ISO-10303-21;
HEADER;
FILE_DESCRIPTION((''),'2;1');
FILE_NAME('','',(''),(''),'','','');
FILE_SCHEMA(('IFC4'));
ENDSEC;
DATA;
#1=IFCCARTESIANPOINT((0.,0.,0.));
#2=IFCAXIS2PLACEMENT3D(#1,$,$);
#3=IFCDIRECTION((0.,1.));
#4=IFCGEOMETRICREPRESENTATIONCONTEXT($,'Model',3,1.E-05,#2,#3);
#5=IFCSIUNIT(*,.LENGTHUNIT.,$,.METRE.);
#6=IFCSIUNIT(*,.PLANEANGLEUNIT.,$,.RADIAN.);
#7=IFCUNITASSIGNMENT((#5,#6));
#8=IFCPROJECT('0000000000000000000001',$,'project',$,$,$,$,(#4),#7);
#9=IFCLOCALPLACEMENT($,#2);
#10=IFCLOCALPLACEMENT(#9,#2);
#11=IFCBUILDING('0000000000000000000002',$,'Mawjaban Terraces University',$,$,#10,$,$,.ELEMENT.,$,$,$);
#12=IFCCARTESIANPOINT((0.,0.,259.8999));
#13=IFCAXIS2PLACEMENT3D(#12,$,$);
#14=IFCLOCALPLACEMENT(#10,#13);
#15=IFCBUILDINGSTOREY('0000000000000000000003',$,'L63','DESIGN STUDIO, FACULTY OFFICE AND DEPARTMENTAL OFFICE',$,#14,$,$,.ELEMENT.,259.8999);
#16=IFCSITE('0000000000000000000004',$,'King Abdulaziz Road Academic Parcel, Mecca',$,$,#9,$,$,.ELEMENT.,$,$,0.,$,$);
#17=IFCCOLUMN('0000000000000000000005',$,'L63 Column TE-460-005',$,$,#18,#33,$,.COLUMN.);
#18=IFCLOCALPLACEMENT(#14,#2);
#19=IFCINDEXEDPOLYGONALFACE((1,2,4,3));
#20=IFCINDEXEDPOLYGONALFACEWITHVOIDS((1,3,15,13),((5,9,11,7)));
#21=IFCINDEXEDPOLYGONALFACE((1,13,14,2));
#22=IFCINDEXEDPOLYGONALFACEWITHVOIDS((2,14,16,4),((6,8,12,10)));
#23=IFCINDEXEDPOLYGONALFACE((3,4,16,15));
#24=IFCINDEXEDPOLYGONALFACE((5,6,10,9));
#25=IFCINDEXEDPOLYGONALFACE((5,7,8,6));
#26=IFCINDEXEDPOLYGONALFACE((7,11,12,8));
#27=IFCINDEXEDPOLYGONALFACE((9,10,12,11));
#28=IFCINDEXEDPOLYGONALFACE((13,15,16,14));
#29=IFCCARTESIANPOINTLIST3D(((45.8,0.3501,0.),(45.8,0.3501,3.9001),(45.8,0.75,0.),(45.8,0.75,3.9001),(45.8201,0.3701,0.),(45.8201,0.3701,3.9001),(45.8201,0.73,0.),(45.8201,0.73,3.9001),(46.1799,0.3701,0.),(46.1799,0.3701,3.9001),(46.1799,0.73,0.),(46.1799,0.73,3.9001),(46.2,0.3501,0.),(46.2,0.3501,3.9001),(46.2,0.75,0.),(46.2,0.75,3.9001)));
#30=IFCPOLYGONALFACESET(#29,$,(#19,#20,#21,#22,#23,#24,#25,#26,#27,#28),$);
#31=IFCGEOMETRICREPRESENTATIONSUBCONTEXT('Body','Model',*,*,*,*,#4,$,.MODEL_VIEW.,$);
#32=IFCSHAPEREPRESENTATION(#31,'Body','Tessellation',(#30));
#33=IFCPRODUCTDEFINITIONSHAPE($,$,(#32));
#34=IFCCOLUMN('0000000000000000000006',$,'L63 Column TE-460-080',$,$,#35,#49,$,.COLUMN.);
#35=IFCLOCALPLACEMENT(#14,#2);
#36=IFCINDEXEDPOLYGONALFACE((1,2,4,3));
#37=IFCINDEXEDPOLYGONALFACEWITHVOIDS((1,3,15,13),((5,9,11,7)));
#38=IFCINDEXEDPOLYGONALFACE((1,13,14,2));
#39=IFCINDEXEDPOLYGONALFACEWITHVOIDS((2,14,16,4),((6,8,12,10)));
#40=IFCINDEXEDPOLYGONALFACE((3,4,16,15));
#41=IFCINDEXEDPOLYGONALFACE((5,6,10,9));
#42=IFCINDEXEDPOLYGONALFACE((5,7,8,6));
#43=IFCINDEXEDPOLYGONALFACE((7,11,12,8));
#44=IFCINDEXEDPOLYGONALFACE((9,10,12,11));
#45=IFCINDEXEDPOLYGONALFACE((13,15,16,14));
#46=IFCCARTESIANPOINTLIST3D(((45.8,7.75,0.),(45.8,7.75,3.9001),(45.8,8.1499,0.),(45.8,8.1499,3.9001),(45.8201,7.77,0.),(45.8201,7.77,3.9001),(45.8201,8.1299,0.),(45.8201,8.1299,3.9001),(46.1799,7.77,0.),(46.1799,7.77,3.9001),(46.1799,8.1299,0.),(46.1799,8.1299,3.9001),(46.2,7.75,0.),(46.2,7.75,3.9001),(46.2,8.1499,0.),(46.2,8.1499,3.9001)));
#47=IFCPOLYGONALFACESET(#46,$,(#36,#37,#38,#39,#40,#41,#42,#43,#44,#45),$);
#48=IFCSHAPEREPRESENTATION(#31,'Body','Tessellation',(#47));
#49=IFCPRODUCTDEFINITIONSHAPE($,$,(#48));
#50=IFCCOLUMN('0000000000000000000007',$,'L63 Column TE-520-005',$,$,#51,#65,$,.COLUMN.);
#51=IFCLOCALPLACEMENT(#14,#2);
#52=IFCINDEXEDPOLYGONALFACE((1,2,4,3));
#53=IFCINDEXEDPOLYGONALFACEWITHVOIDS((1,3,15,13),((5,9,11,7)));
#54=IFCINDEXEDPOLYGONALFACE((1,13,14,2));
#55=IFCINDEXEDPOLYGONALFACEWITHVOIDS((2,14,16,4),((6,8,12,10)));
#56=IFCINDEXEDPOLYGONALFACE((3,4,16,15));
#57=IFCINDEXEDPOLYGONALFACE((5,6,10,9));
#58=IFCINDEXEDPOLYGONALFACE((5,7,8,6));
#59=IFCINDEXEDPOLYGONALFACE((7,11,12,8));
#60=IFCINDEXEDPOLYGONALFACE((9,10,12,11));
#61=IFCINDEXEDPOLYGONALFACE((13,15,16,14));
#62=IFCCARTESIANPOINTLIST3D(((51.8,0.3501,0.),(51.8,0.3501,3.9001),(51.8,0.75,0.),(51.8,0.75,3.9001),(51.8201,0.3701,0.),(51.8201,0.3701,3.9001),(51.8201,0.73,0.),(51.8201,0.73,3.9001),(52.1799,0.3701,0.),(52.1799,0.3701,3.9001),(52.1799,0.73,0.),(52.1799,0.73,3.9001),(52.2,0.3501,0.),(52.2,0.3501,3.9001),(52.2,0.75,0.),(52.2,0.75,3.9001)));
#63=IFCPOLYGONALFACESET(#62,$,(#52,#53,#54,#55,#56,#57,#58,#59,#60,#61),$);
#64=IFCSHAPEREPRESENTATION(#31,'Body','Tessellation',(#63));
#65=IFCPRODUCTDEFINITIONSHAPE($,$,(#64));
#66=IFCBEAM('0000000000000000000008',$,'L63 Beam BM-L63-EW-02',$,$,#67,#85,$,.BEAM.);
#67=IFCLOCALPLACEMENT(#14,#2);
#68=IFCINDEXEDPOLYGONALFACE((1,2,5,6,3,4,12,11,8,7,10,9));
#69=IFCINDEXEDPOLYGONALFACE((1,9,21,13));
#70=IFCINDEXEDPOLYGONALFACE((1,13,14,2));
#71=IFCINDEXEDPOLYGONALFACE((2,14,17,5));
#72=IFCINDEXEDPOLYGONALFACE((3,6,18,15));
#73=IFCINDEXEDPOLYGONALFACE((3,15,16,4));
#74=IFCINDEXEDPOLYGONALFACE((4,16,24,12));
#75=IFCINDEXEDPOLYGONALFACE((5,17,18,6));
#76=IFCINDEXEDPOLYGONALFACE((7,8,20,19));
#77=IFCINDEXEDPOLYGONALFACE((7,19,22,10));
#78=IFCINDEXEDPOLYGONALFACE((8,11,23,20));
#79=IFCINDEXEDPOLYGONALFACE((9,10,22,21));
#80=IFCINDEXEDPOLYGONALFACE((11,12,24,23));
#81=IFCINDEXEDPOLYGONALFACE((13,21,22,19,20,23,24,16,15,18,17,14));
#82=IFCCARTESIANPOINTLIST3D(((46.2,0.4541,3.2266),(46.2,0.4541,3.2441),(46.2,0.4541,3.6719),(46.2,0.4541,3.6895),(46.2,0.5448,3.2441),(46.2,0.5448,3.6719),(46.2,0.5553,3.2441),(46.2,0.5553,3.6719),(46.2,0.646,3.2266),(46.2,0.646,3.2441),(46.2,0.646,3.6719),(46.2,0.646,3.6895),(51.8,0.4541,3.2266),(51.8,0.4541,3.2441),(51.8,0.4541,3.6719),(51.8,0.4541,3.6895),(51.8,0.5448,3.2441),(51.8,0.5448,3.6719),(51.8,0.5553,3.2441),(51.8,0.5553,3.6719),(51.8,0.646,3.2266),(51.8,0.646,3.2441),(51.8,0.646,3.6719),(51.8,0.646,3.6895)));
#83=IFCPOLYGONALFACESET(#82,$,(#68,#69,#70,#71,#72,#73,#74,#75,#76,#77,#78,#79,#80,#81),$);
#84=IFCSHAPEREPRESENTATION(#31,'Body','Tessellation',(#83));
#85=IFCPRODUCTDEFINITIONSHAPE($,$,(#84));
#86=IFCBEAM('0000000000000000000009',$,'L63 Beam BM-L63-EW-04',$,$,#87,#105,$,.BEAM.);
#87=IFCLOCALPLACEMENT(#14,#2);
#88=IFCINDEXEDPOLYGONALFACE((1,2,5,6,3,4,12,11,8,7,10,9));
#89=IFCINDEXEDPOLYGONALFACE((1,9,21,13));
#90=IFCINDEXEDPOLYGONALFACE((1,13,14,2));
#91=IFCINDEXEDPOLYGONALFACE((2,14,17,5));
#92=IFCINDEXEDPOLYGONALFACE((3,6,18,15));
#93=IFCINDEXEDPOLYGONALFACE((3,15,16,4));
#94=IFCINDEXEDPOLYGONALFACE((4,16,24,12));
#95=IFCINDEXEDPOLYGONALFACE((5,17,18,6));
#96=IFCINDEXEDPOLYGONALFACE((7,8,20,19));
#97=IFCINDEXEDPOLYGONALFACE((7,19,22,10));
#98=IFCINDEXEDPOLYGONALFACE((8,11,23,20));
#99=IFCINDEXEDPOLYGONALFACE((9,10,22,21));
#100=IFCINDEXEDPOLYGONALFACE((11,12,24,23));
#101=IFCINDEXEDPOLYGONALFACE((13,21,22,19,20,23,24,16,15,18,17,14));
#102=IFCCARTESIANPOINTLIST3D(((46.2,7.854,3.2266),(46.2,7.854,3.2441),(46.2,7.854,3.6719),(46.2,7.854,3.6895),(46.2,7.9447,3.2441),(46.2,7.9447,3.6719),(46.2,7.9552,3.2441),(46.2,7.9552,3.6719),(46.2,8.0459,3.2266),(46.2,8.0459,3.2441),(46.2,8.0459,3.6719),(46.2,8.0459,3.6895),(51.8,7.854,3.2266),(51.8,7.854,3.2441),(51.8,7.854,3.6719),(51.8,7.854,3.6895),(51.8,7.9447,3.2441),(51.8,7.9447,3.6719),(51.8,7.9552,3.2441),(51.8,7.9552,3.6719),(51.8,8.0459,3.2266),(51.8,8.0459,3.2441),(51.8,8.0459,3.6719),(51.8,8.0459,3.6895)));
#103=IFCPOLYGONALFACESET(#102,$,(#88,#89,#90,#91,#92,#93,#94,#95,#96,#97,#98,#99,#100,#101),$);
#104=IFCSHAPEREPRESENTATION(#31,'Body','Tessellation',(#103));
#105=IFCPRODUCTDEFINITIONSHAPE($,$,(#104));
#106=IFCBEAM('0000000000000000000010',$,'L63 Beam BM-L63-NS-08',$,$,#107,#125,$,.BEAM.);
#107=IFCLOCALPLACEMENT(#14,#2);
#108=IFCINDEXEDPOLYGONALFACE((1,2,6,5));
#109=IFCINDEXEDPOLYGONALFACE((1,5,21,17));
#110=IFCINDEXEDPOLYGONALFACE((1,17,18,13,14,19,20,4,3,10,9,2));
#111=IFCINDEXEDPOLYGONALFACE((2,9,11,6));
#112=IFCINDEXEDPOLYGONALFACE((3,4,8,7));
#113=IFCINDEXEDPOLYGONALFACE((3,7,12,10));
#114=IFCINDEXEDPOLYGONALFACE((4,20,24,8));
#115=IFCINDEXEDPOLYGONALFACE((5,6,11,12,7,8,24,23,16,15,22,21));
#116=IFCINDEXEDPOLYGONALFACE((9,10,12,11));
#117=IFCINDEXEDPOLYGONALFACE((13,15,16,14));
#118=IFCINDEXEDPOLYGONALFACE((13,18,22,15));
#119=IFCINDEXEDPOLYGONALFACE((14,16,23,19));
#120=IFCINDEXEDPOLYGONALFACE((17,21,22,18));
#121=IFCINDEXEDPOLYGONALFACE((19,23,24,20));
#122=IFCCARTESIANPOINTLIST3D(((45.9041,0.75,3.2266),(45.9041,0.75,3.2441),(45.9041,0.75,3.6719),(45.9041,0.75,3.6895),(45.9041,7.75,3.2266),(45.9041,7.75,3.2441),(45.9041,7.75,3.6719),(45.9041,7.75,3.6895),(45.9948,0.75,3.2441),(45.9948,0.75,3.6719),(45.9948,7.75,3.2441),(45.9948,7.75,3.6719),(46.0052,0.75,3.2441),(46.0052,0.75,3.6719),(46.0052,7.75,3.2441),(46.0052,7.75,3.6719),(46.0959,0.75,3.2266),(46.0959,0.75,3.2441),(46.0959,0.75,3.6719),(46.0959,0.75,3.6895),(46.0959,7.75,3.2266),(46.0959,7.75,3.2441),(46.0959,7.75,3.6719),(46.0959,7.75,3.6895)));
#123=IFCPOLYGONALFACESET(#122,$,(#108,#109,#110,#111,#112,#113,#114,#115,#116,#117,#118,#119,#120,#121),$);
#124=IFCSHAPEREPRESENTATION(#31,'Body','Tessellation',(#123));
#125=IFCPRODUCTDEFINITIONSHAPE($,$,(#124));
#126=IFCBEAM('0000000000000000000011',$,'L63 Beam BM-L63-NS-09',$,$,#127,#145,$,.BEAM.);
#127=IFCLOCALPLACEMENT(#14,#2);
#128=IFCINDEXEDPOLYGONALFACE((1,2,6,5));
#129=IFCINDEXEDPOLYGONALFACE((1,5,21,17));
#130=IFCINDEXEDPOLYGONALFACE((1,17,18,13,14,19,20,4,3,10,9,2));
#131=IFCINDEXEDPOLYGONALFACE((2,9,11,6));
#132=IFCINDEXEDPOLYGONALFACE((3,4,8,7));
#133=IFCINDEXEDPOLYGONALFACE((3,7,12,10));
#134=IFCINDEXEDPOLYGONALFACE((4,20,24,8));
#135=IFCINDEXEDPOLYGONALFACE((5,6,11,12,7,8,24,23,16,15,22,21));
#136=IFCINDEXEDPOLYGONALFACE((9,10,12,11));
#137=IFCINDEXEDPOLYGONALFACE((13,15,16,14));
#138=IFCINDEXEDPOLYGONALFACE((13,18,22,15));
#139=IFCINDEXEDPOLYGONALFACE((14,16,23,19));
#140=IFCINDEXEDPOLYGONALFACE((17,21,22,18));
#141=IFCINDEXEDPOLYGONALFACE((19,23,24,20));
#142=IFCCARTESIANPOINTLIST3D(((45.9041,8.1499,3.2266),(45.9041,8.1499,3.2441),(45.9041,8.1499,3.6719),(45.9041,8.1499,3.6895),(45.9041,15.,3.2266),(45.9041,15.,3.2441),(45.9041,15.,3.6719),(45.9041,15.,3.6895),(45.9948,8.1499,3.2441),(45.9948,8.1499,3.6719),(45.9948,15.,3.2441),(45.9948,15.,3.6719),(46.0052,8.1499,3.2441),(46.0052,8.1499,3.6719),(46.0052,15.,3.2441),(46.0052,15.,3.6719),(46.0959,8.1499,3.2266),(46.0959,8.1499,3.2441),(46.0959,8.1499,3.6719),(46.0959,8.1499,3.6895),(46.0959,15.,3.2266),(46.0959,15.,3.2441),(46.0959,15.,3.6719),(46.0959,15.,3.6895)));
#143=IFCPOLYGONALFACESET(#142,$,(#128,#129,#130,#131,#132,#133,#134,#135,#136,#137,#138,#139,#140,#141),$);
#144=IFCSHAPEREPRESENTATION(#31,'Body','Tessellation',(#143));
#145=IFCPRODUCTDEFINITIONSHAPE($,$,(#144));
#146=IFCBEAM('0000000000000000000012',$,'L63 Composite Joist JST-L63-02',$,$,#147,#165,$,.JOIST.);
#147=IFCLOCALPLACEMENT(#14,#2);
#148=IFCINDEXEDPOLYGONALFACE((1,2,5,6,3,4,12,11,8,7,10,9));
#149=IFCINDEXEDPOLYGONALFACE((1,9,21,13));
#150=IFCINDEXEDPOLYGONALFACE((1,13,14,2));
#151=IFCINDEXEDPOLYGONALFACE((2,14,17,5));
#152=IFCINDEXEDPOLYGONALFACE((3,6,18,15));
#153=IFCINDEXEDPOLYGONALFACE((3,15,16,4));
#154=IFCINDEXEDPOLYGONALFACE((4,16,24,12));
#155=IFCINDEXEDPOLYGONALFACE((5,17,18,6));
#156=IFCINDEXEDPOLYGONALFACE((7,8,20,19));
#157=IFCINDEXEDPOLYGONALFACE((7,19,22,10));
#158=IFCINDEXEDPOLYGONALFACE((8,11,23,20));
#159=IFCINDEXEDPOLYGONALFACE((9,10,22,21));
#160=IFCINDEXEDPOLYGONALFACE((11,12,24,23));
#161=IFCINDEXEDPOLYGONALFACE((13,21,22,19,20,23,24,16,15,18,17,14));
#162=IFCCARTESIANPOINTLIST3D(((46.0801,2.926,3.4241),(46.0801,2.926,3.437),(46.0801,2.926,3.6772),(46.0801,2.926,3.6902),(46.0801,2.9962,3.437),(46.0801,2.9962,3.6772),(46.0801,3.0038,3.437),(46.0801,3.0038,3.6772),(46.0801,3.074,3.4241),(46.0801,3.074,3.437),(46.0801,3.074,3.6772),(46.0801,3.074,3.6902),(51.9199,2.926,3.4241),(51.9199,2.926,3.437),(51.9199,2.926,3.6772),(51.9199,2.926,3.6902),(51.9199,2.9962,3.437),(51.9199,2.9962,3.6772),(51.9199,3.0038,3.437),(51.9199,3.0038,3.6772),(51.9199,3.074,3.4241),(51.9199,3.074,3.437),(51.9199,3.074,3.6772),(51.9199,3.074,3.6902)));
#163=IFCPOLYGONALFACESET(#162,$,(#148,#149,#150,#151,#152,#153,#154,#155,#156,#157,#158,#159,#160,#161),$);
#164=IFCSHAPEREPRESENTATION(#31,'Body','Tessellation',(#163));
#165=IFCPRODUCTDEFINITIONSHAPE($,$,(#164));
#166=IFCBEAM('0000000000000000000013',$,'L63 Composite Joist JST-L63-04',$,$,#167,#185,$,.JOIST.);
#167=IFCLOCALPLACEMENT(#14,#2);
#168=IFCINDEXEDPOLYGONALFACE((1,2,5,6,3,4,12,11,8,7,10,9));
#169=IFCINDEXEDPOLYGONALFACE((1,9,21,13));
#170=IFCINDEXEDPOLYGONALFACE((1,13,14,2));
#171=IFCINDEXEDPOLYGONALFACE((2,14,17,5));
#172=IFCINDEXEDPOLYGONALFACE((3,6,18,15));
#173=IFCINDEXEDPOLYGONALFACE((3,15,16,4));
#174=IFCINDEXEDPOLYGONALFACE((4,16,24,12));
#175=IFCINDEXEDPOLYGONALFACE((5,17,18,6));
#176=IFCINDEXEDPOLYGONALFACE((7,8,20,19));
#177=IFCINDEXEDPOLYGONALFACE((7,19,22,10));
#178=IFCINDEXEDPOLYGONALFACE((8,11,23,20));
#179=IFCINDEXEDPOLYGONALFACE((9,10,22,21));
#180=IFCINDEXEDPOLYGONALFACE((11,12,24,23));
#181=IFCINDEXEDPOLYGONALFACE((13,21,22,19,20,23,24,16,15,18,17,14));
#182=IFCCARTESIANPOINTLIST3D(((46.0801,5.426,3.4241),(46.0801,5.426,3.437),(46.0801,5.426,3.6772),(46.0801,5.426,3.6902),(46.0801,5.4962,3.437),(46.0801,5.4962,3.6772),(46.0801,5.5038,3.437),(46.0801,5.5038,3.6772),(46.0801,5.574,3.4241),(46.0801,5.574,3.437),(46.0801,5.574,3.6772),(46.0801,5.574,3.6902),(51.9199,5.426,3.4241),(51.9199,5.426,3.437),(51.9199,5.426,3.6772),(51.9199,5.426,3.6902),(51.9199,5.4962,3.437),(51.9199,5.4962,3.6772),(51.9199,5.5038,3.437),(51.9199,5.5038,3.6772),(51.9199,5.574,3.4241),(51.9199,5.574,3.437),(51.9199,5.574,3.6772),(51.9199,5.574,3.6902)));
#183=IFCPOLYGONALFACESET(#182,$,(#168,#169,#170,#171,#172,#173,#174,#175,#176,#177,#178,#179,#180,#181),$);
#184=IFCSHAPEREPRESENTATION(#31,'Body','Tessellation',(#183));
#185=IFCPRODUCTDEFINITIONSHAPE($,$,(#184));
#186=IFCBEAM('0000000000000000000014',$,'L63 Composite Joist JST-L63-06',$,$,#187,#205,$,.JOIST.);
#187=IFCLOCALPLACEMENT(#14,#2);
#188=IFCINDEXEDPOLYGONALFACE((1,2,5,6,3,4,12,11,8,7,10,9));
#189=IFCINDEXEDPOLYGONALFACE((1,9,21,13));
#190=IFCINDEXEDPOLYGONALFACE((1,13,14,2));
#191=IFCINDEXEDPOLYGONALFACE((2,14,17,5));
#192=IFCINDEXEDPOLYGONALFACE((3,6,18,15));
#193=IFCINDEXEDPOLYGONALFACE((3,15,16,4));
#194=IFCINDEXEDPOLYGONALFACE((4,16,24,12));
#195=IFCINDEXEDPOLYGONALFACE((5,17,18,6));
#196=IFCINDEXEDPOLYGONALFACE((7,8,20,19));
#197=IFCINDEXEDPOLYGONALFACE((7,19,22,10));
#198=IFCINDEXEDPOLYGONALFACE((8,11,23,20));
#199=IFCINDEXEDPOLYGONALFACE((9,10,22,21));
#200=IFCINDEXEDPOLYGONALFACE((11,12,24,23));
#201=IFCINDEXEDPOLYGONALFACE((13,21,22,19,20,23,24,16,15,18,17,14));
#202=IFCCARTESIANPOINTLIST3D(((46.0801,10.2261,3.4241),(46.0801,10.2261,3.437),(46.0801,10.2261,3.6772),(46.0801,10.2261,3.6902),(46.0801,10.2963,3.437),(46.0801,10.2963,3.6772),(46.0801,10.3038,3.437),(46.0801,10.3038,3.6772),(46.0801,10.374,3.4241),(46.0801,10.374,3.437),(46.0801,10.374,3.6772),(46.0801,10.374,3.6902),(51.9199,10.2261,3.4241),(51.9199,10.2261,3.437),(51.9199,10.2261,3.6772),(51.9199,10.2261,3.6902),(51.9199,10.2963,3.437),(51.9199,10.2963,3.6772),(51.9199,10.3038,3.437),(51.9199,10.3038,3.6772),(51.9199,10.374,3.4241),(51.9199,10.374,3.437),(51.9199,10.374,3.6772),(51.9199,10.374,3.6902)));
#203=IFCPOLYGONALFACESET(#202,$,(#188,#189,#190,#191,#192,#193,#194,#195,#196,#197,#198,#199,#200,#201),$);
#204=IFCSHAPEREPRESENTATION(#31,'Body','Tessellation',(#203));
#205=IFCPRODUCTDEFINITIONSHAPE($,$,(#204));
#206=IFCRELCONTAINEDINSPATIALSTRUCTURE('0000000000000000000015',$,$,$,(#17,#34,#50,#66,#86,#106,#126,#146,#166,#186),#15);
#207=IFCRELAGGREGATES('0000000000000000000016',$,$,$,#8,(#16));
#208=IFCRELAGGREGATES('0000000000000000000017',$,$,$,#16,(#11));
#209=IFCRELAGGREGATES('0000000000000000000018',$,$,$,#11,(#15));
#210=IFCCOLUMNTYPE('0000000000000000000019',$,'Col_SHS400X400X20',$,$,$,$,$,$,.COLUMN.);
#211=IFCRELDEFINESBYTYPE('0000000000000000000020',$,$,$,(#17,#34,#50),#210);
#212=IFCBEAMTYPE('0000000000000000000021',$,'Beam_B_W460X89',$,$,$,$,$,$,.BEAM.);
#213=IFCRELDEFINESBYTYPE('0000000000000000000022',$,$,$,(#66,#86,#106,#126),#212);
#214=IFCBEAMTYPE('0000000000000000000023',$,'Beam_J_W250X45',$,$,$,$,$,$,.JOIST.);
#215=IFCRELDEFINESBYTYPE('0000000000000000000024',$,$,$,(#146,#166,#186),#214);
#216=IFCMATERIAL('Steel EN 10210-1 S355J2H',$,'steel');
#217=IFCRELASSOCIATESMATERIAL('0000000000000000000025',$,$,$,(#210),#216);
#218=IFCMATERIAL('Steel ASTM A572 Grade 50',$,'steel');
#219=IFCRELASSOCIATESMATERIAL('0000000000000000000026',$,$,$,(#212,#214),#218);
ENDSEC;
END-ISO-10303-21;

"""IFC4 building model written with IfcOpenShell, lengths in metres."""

from ifc_helpers import new_model, si_unit, direction, frame, origin, origin_2d, place, context, subcontext, project, spatial, hollow_rectangle, i_section, extrude, material, material_profile, profile_set, type_object, element, save


model = new_model("IFC4")

# Units and contexts
model_context = context("Model", 3, precision=1e-05, world=origin(), true_north=direction((0.0, 1.0)))
body_context = subcontext(model_context, "Body", "Model", "MODEL_VIEW")
ifc_project = project(units=[si_unit("LENGTHUNIT", "METRE"), si_unit("PLANEANGLEUNIT", "RADIAN")], contexts=[model_context])

# Site, building, storey
site_placement = place(None, origin())
site = spatial("IfcSite", under=ifc_project, at=site_placement, Name="King Abdulaziz Road Academic Parcel, Mecca", CompositionType="ELEMENT", RefElevation=0.0)
building_placement = place(site_placement, origin())
building = spatial("IfcBuilding", under=site, at=building_placement, Name="Mawjaban Terraces University", CompositionType="ELEMENT")
storey_placement = place(building_placement, frame((0.0, 0.0, 259.8999)))
storey = spatial("IfcBuildingStorey", under=building, at=storey_placement, Name="L63", Description="DESIGN STUDIO, FACULTY OFFICE AND DEPARTMENTAL OFFICE", CompositionType="ELEMENT", Elevation=259.8999)

# Columns
ifc_material_1 = material(Name="Steel EN 10210-1 S355J2H", Category="steel")
ifc_material_profile_1 = material_profile(ifc_material_1, hollow_rectangle(XDim=0.3999, YDim=0.3999, WallThickness=0.02, at=origin_2d()), Name="SHS400X400X20")
ifc_profile_set_1 = profile_set([ifc_material_profile_1], Name="Steel EN 10210-1 S355J2H")
column_type = type_object("IfcColumnType", Name="Col_SHS400X400X20", PredefinedType="COLUMN", material=ifc_profile_set_1)
for number, where, z_axis, x_axis, name in (
    (1, (46.0, 0.55, 0.0), (0.0, 0.0, 1.0), (1.0, 0.0, 0.0), "L63 Column TE-460-005"),
    (2, (46.0, 7.95, 0.0), (0.0, 0.0, 1.0), (1.0, 0.0, 0.0), "L63 Column TE-460-080"),
    (3, (52.0, 0.55, 0.0), (0.0, 0.0, 1.0), (1.0, 0.0, 0.0), "L63 Column TE-520-005"),
):
    element("IfcColumn", number, at=place(storey_placement, frame(where, z_axis=z_axis, x_axis=x_axis)), inside=storey, type_object=column_type, Name=name, PredefinedType="COLUMN", context=body_context, shape_type="SweptSolid", body=[
        extrude(hollow_rectangle(XDim=0.3999, YDim=0.3999, WallThickness=0.02, at=origin_2d()), origin(), (0.0, 0.0, 1.0), 3.9001),
    ])

# Beams
ifc_material_2 = material(Name="Steel ASTM A572 Grade 50", Category="steel")
ifc_material_profile_2 = material_profile(ifc_material_2, i_section(OverallWidth=0.1919, OverallDepth=0.4629, WebThickness=0.0105, FlangeThickness=0.0176, at=origin_2d()), Name="W460X89")
ifc_profile_set_2 = profile_set([ifc_material_profile_2], Name="Steel ASTM A572 Grade 50")
beam_type_1 = type_object("IfcBeamType", Name="Beam_B_W460X89", PredefinedType="BEAM", material=ifc_profile_set_2)
for number, where, z_axis, x_axis, name in (
    (4, (46.2, 0.55, 3.458), (1.0, 0.0, 0.0), (0.0, 1.0, 0.0), "L63 Beam BM-L63-EW-02"),
    (5, (46.2, 7.95, 3.458), (1.0, 0.0, 0.0), (0.0, 1.0, 0.0), "L63 Beam BM-L63-EW-04"),
):
    element("IfcBeam", number, at=place(storey_placement, frame(where, z_axis=z_axis, x_axis=x_axis)), inside=storey, type_object=beam_type_1, Name=name, PredefinedType="BEAM", context=body_context, shape_type="SweptSolid", body=[
        extrude(i_section(OverallWidth=0.1919, OverallDepth=0.4629, WebThickness=0.0105, FlangeThickness=0.0176, at=origin_2d()), origin(), (0.0, 0.0, 1.0), 5.6001),
    ])
beam_1_placement = place(storey_placement, frame((46.0, 0.75, 3.458), z_axis=(0.0, 1.0, 0.0), x_axis=(-1.0, 0.0, 0.0)))
element("IfcBeam", 6, at=beam_1_placement, inside=storey, type_object=beam_type_1, Name="L63 Beam BM-L63-NS-08", PredefinedType="BEAM", context=body_context, shape_type="SweptSolid", body=[
    extrude(i_section(OverallWidth=0.1919, OverallDepth=0.4629, WebThickness=0.0105, FlangeThickness=0.0176, at=origin_2d()), origin(), (0.0, 0.0, 1.0), 7.0),
])
beam_2_placement = place(storey_placement, frame((46.0, 8.1499, 3.458), z_axis=(0.0, 1.0, 0.0), x_axis=(-1.0, 0.0, 0.0)))
element("IfcBeam", 7, at=beam_2_placement, inside=storey, type_object=beam_type_1, Name="L63 Beam BM-L63-NS-09", PredefinedType="BEAM", context=body_context, shape_type="SweptSolid", body=[
    extrude(i_section(OverallWidth=0.1919, OverallDepth=0.4629, WebThickness=0.0105, FlangeThickness=0.0176, at=origin_2d()), origin(), (0.0, 0.0, 1.0), 6.8501),
])
ifc_material_profile_3 = material_profile(ifc_material_2, i_section(OverallWidth=0.1479, OverallDepth=0.2661, WebThickness=0.0076, FlangeThickness=0.0129, at=origin_2d()), Name="W250X45")
ifc_profile_set_3 = profile_set([ifc_material_profile_3], Name="Steel ASTM A572 Grade 50")
beam_type_2 = type_object("IfcBeamType", Name="Beam_J_W250X45", PredefinedType="JOIST", material=ifc_profile_set_3)
for number, where, z_axis, x_axis, name in (
    (8, (46.0801, 3.0, 3.5571), (1.0, 0.0, 0.0), (0.0, 1.0, 0.0), "L63 Composite Joist JST-L63-02"),
    (9, (46.0801, 5.5, 3.5571), (1.0, 0.0, 0.0), (0.0, 1.0, 0.0), "L63 Composite Joist JST-L63-04"),
    (10, (46.0801, 10.3, 3.5571), (1.0, 0.0, 0.0), (0.0, 1.0, 0.0), "L63 Composite Joist JST-L63-06"),
):
    element("IfcBeam", number, at=place(storey_placement, frame(where, z_axis=z_axis, x_axis=x_axis)), inside=storey, type_object=beam_type_2, Name=name, PredefinedType="JOIST", context=body_context, shape_type="SweptSolid", body=[
        extrude(i_section(OverallWidth=0.1479, OverallDepth=0.2661, WebThickness=0.0076, FlangeThickness=0.0129, at=origin_2d()), origin(), (0.0, 0.0, 1.0), 5.8398),
    ])

save(model, "model.ifc")
